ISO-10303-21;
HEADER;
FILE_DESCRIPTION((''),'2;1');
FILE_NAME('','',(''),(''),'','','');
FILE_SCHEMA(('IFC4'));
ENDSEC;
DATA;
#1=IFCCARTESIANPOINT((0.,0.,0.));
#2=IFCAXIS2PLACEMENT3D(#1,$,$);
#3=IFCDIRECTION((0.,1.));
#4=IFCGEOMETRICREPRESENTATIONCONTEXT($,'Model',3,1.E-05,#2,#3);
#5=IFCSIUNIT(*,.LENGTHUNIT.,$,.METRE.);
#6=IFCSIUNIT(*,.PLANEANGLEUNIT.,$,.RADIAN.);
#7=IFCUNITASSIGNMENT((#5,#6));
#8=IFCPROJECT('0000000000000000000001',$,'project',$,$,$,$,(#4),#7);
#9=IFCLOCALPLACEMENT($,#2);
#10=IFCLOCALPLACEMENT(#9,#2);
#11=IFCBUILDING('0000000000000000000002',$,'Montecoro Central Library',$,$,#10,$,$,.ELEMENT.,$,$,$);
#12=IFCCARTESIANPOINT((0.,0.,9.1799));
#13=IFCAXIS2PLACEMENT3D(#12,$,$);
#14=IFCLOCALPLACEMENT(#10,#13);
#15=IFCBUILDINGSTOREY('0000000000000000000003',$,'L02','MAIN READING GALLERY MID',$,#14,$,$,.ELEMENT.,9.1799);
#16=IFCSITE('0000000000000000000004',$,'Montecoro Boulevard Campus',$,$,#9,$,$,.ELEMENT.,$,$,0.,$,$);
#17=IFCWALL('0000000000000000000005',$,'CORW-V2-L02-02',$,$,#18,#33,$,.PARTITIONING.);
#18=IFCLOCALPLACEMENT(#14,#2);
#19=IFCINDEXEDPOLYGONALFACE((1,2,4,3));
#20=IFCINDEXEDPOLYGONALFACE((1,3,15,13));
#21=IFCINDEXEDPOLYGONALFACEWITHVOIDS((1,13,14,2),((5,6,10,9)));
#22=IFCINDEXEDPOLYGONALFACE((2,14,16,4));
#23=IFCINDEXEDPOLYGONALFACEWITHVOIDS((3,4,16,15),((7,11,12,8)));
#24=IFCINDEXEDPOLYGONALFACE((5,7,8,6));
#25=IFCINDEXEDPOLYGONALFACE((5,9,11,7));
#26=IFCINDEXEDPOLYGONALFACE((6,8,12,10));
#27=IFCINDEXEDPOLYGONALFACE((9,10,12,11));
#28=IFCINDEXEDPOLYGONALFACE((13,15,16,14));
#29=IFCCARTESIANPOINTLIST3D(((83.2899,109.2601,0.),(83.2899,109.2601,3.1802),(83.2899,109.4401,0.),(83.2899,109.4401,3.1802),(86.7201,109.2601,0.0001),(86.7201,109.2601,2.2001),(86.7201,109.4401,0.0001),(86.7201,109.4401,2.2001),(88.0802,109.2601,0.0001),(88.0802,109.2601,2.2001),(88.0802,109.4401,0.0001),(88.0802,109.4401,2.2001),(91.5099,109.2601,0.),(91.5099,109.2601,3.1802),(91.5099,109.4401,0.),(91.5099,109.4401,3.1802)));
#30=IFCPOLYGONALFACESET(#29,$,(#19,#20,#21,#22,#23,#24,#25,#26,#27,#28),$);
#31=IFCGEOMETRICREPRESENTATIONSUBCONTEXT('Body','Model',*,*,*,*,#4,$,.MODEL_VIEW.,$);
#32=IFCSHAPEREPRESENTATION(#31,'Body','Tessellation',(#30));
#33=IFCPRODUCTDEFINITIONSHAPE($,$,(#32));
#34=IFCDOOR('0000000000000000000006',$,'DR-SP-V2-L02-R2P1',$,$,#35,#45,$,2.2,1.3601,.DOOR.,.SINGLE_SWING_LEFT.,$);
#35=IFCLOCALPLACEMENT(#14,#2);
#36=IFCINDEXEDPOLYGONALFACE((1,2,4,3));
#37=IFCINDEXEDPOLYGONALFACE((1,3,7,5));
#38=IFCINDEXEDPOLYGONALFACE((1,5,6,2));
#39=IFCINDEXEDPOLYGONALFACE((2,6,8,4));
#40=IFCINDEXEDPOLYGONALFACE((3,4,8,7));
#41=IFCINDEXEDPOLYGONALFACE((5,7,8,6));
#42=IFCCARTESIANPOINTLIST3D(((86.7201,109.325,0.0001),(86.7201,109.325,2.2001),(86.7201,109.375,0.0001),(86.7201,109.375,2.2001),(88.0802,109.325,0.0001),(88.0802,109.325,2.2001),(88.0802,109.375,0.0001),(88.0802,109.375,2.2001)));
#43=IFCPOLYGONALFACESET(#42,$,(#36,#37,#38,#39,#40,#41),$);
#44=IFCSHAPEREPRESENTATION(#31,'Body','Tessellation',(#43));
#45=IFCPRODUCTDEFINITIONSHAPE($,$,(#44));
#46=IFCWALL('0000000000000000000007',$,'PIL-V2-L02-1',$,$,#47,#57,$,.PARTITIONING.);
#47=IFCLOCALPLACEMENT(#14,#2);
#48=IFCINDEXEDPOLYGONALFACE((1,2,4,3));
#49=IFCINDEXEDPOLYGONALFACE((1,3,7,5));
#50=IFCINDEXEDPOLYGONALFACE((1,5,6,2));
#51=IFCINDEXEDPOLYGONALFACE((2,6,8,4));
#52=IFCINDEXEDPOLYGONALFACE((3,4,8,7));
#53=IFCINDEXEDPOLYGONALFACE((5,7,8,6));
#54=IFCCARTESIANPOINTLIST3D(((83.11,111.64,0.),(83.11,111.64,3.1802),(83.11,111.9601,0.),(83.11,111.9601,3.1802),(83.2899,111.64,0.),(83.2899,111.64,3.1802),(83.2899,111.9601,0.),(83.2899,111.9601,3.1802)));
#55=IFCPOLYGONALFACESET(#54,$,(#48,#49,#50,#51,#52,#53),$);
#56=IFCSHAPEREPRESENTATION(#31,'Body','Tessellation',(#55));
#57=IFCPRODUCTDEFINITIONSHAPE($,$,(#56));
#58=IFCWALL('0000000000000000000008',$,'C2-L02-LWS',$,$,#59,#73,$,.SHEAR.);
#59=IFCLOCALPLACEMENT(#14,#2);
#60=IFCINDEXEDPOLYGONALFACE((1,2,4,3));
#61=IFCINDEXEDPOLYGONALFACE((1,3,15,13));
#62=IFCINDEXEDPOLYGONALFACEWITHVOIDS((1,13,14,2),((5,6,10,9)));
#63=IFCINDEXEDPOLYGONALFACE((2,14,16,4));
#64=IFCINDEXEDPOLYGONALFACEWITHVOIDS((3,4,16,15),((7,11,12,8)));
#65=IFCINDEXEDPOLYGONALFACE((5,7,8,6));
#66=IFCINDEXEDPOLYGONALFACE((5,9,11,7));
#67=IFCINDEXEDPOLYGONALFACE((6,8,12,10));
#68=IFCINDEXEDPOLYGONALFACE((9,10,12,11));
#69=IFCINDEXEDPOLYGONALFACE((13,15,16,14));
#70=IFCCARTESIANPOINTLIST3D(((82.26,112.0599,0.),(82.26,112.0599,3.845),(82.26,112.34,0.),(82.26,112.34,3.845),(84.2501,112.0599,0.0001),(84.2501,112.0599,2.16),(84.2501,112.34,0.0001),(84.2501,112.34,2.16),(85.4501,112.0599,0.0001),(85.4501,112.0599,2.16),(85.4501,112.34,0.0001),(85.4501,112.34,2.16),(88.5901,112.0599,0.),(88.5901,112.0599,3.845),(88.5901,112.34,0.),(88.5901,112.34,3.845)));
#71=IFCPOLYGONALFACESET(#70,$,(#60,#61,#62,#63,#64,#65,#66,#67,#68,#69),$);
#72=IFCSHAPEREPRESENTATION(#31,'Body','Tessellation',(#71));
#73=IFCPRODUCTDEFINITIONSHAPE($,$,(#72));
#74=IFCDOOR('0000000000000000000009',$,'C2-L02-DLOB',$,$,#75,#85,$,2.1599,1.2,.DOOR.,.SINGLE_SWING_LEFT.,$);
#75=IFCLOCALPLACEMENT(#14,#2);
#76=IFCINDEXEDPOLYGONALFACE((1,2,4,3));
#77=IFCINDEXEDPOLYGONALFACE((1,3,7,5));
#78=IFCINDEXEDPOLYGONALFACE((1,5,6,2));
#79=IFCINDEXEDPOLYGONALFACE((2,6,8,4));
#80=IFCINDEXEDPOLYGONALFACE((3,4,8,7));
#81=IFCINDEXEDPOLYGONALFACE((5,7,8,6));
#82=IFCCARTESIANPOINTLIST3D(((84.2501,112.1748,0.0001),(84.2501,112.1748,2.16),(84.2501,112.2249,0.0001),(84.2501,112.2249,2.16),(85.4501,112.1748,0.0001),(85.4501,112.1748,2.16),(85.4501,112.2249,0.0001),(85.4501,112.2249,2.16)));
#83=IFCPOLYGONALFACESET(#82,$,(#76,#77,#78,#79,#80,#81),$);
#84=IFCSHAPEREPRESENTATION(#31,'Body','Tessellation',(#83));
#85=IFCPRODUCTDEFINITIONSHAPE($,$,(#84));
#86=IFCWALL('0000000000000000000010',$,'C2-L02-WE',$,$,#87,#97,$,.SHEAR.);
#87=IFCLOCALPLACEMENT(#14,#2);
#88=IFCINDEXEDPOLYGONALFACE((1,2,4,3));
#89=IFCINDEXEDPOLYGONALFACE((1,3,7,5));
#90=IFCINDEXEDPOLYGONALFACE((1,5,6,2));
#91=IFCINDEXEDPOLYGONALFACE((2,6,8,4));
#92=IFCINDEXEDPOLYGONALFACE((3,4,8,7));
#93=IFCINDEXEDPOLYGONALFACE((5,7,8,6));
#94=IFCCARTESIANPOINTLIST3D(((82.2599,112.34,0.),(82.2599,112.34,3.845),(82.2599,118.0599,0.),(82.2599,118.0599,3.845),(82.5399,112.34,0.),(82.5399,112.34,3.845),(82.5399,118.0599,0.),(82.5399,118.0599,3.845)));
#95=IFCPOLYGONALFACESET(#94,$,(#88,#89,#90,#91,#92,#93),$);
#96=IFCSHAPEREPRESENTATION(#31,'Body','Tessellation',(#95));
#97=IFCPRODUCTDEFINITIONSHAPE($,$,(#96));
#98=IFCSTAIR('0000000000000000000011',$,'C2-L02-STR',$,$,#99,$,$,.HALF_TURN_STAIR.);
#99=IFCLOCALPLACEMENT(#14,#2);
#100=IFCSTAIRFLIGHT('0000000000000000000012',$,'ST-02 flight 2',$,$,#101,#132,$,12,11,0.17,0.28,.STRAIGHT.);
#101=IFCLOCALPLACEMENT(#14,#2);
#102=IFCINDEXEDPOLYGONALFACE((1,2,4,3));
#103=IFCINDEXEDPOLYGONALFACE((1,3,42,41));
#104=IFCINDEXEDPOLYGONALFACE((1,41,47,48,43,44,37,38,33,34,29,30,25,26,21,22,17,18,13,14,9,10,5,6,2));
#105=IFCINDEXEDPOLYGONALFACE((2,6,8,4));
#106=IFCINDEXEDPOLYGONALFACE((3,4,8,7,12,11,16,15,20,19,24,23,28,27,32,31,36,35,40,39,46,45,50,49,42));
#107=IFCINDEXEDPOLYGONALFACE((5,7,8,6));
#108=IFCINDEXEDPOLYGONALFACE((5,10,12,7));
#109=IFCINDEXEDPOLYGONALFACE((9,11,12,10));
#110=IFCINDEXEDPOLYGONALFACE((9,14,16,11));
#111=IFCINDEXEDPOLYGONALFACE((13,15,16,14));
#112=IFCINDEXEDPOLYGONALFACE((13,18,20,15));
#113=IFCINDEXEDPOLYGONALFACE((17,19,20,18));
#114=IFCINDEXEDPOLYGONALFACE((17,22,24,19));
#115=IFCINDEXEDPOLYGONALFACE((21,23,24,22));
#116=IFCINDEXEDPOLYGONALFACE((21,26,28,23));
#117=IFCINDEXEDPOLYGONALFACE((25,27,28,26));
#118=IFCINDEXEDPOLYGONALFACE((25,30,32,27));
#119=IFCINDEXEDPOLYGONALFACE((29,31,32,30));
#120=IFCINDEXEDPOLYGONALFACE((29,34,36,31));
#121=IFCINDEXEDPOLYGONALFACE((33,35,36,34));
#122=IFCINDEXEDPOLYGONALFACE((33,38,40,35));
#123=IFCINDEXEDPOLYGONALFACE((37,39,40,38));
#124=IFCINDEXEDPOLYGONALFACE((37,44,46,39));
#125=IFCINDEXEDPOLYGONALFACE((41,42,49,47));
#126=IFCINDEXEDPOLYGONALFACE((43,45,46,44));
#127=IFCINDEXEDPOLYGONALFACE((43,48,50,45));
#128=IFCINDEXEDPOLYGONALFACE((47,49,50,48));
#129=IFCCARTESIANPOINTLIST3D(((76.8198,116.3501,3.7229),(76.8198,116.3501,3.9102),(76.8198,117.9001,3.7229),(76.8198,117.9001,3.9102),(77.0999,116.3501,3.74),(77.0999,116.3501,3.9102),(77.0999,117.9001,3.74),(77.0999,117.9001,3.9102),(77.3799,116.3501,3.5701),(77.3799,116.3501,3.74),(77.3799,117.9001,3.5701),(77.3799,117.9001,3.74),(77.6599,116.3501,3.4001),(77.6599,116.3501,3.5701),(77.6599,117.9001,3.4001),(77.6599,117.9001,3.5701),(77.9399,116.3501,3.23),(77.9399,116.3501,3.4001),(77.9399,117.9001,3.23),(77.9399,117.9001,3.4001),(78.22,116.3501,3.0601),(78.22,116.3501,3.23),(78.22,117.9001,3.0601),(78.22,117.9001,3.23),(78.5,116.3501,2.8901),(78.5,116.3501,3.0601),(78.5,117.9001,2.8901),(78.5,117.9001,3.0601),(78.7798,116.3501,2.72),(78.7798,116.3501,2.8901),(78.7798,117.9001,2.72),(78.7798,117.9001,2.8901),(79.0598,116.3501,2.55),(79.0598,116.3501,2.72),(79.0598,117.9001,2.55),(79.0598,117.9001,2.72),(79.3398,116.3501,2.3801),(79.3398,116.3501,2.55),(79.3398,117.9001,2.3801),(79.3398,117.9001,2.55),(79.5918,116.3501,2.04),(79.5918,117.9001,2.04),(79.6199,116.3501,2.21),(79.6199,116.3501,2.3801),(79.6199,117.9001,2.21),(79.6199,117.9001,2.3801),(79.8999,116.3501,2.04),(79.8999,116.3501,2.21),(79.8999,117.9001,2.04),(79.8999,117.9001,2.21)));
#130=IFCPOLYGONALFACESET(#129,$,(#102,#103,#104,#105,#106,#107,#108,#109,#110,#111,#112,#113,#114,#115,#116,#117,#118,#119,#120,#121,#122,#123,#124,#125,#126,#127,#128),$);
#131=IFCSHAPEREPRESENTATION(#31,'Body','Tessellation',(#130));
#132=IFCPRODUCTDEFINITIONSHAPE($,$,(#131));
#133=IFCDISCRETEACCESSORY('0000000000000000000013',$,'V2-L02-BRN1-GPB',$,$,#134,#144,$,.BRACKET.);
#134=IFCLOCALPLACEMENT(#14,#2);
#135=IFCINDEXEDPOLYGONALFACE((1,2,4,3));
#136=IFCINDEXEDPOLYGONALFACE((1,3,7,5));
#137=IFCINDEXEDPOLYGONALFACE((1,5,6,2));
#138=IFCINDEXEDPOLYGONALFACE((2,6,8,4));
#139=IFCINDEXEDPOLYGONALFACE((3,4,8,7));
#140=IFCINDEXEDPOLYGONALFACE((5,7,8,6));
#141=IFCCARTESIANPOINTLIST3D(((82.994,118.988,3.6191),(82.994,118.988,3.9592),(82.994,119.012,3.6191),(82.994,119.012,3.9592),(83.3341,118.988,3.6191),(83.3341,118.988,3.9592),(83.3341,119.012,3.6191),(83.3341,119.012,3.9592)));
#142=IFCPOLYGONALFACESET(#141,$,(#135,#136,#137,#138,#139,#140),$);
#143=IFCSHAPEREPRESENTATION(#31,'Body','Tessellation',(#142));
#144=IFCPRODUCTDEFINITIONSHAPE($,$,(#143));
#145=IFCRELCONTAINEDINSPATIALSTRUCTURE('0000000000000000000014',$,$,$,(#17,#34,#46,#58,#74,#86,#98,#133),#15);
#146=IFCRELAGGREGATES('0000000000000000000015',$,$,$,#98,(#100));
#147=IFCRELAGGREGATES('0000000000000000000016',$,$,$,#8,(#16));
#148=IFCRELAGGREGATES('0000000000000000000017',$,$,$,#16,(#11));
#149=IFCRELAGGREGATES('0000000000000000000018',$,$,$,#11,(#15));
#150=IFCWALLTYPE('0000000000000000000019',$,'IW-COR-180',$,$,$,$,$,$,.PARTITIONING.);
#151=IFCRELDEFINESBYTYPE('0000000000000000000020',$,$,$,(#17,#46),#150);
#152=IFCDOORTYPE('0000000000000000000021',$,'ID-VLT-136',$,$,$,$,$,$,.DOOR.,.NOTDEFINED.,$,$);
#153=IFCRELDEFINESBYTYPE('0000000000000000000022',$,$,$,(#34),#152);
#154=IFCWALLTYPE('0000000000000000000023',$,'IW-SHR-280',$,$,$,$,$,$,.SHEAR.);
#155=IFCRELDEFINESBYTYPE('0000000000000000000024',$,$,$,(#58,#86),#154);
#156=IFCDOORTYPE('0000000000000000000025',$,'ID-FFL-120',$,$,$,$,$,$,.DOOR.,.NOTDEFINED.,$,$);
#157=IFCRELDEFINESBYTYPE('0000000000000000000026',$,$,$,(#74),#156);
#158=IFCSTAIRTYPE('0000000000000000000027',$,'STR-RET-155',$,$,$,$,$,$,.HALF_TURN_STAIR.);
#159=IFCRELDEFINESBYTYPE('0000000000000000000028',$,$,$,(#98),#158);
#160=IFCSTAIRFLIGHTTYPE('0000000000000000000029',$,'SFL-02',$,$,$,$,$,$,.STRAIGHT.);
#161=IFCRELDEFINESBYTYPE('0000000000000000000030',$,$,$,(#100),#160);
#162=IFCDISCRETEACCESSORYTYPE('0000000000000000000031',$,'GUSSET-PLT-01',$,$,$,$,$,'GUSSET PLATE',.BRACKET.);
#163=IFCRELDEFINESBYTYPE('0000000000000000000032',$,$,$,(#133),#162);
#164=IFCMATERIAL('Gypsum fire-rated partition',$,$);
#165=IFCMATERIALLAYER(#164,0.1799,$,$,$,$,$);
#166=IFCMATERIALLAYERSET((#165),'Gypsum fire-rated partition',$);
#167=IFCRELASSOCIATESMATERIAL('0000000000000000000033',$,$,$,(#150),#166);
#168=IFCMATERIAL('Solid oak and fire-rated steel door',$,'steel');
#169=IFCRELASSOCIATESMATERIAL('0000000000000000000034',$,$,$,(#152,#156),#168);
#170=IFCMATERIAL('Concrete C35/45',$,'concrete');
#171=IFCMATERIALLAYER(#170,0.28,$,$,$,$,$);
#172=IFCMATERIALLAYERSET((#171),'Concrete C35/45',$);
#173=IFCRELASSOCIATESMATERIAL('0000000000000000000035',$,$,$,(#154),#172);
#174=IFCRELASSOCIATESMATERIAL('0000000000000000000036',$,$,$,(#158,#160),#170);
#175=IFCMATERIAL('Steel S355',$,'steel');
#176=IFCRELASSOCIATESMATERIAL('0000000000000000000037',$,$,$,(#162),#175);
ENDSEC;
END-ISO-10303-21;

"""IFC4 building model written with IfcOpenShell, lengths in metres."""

from ifc_helpers import new_model, si_unit, direction, frame, frame_2d, origin, origin_2d, place, context, subcontext, project, spatial, polyline, rectangle, outline, extrude, material, layer, layer_set, type_object, element, fill, aggregate, save


model = new_model("IFC4")

# Units and contexts
model_context = context("Model", 3, precision=1e-05, world=origin(), true_north=direction((0.0, 1.0)))
body_context = subcontext(model_context, "Body", "Model", "MODEL_VIEW")
ifc_project = project(units=[si_unit("LENGTHUNIT", "METRE"), si_unit("PLANEANGLEUNIT", "RADIAN")], contexts=[model_context])

# Site, building, storey
site_placement = place(None, origin())
site = spatial("IfcSite", under=ifc_project, at=site_placement, Name="Montecoro Boulevard Campus", CompositionType="ELEMENT", RefElevation=0.0)
building_placement = place(site_placement, origin())
building = spatial("IfcBuilding", under=site, at=building_placement, Name="Montecoro Central Library", CompositionType="ELEMENT")
storey_placement = place(building_placement, frame((0.0, 0.0, 9.1799)))
storey = spatial("IfcBuildingStorey", under=building, at=storey_placement, Name="L02", Description="MAIN READING GALLERY MID", CompositionType="ELEMENT", Elevation=9.1799)

# Shared definitions
ifc_material_1 = material(Name="Steel S355", Category="steel")

# Wall, opening, door
ifc_material_2 = material(Name="Gypsum fire-rated partition")
ifc_layer_1 = layer(ifc_material_2, 0.1799)
ifc_layer_set_1 = layer_set([ifc_layer_1], Name="Gypsum fire-rated partition")
wall_type_1 = type_object("IfcWallType", Name="IW-COR-180", PredefinedType="PARTITIONING", material=ifc_layer_set_1)
wall_1_placement = place(storey_placement, frame((83.29, 109.3501, 0.0), z_axis=(0.0, 0.0, 1.0), x_axis=(1.0, 0.0, 0.0)))
wall_1 = element("IfcWall", 1, at=wall_1_placement, inside=storey, type_object=wall_type_1, Name="CORW-V2-L02-02", PredefinedType="PARTITIONING", context=body_context, shape_type="SweptSolid", body=[
    extrude(rectangle(XDim=8.22, YDim=0.1799, at=frame_2d((4.1099, 0.0))), origin(), (0.0, 0.0, 1.0), 3.1802),
])
opening_1_placement = place(wall_1_placement, frame((3.4299, 0.0, 0.0)))
opening_1 = element("IfcOpeningElement", 2, at=opening_1_placement, cuts=wall_1, PredefinedType="OPENING", context=body_context, shape_type="SweptSolid", body=[
    extrude(rectangle(XDim=1.3601, YDim=2.2, at=frame_2d((0.6802, 1.1001))), frame((0.0, 0.0999, 0.0), z_axis=(0.0, -1.0, 0.0), x_axis=(1.0, 0.0, 0.0)), (0.0, 0.0, 1.0), 0.2),
])
ifc_material_3 = material(Name="Solid oak and fire-rated steel door", Category="steel")
door_type_1 = type_object("IfcDoorType", Name="ID-VLT-136", OperationType="NOTDEFINED", PredefinedType="DOOR", material=ifc_material_3)
door_1_placement = place(opening_1_placement, origin())
door_1 = element("IfcDoor", 3, at=door_1_placement, inside=storey, type_object=door_type_1, Name="DR-SP-V2-L02-R2P1", OperationType="SINGLE_SWING_LEFT", OverallHeight=2.2, OverallWidth=1.3601, PredefinedType="DOOR", context=body_context, shape_type="SweptSolid", body=[
    extrude(rectangle(XDim=1.3601, YDim=2.2, at=frame_2d((0.6802, 1.1001))), frame((0.0, 0.0249, 0.0), z_axis=(0.0, -1.0, 0.0), x_axis=(1.0, 0.0, 0.0)), (0.0, 0.0, 1.0), 0.05),
])
fill(opening_1, door_1)

# Wall
wall_2_placement = place(storey_placement, frame((83.2, 111.6399, 0.0), z_axis=(0.0, 0.0, 1.0), x_axis=(0.0, 1.0, 0.0)))
element("IfcWall", 4, at=wall_2_placement, inside=storey, type_object=wall_type_1, Name="PIL-V2-L02-1", PredefinedType="PARTITIONING", context=body_context, shape_type="SweptSolid", body=[
    extrude(rectangle(XDim=0.3201, YDim=0.1799, at=frame_2d((0.1602, 0.0))), origin(), (0.0, 0.0, 1.0), 3.1802),
])

# Wall, opening, door
ifc_material_4 = material(Name="Concrete C35/45", Category="concrete")
ifc_layer_2 = layer(ifc_material_4, 0.28)
ifc_layer_set_2 = layer_set([ifc_layer_2], Name="Concrete C35/45")
wall_type_2 = type_object("IfcWallType", Name="IW-SHR-280", PredefinedType="SHEAR", material=ifc_layer_set_2)
wall_3_placement = place(storey_placement, frame((82.26, 112.2, 0.0), z_axis=(0.0, 0.0, 1.0), x_axis=(1.0, 0.0, 0.0)))
wall_3 = element("IfcWall", 5, at=wall_3_placement, inside=storey, type_object=wall_type_2, Name="C2-L02-LWS", PredefinedType="SHEAR", context=body_context, shape_type="SweptSolid", body=[
    extrude(rectangle(XDim=6.3301, YDim=0.28, at=frame_2d((3.165, 0.0))), origin(), (0.0, 0.0, 1.0), 3.845),
])
opening_2_placement = place(wall_3_placement, frame((1.99, 0.0, 0.0)))
opening_2 = element("IfcOpeningElement", 6, at=opening_2_placement, cuts=wall_3, PredefinedType="OPENING", context=body_context, shape_type="SweptSolid", body=[
    extrude(rectangle(XDim=1.2, YDim=2.1599, at=frame_2d((0.6001, 1.0801))), frame((0.0, 0.1499, 0.0), z_axis=(0.0, -1.0, 0.0), x_axis=(1.0, 0.0, 0.0)), (0.0, 0.0, 1.0), 0.3),
])
door_type_2 = type_object("IfcDoorType", Name="ID-FFL-120", OperationType="NOTDEFINED", PredefinedType="DOOR", material=ifc_material_3)
door_2_placement = place(opening_2_placement, origin())
door_2 = element("IfcDoor", 7, at=door_2_placement, inside=storey, type_object=door_type_2, Name="C2-L02-DLOB", OperationType="SINGLE_SWING_LEFT", OverallHeight=2.1599, OverallWidth=1.2, PredefinedType="DOOR", context=body_context, shape_type="SweptSolid", body=[
    extrude(rectangle(XDim=1.2, YDim=2.1599, at=frame_2d((0.6001, 1.0801))), frame((0.0, 0.0249, 0.0), z_axis=(0.0, -1.0, 0.0), x_axis=(1.0, 0.0, 0.0)), (0.0, 0.0, 1.0), 0.05),
])
fill(opening_2, door_2)

# Wall
wall_4_placement = place(storey_placement, frame((82.3999, 112.3401, 0.0), z_axis=(0.0, 0.0, 1.0), x_axis=(0.0, 1.0, 0.0)))
element("IfcWall", 8, at=wall_4_placement, inside=storey, type_object=wall_type_2, Name="C2-L02-WE", PredefinedType="SHEAR", context=body_context, shape_type="SweptSolid", body=[
    extrude(rectangle(XDim=5.72, YDim=0.28, at=frame_2d((2.8599, 0.0))), origin(), (0.0, 0.0, 1.0), 3.845),
])

# Stair, stair flight
stair_type = type_object("IfcStairType", Name="STR-RET-155", PredefinedType="HALF_TURN_STAIR", material=ifc_material_4)
stair_placement = place(storey_placement, origin())
stair = element("IfcStair", 9, at=stair_placement, inside=storey, type_object=stair_type, Name="C2-L02-STR", PredefinedType="HALF_TURN_STAIR")
stair_flight_type = type_object("IfcStairFlightType", Name="SFL-02", PredefinedType="STRAIGHT", material=ifc_material_4)
stair_flight_placement = place(storey_placement, frame((79.8999, 117.125, 2.04), z_axis=(0.0, 0.0, 1.0), x_axis=(-1.0, 0.0, 0.0)))
stair_flight = element("IfcStairFlight", 10, at=stair_flight_placement, type_object=stair_flight_type, Name="ST-02 flight 2", NumberOfRisers=12, NumberOfTreads=11, PredefinedType="STRAIGHT", RiserHeight=0.17, TreadLength=0.28, context=body_context, shape_type="SweptSolid", body=[
    extrude(outline(polyline([(0.0, 0.0), (0.0, 0.1699), (0.28, 0.1699), (0.28, 0.3401), (0.5601, 0.3401), (0.5601, 0.51), (0.8401, 0.51), (0.8401, 0.6799), (1.1201, 0.6799), (1.1201, 0.8501), (1.3999, 0.8501), (1.3999, 1.02), (1.6799, 1.02), (1.6799, 1.1899), (1.96, 1.1899), (1.96, 1.3601), (2.24, 1.3601), (2.24, 1.53), (2.52, 1.53), (2.52, 1.7), (2.8, 1.7), (2.8, 1.8701), (3.0801, 1.8701), (3.0801, 2.04), (3.0801, 1.6829), (0.3081, 0.0), (0.0, 0.0)])), frame((0.0, 0.7749, 0.0), z_axis=(0.0, -1.0, 0.0), x_axis=(1.0, 0.0, 0.0)), (0.0, 0.0, 1.0), 1.55),
])
aggregate(stair, [stair_flight])

# Discrete accessory
discrete_accessory_type = type_object("IfcDiscreteAccessoryType", Name="GUSSET-PLT-01", ElementType="GUSSET PLATE", PredefinedType="BRACKET", material=ifc_material_1)
discrete_accessory_placement = place(storey_placement, frame((83.1641, 119.0, 3.6191), z_axis=(0.0, 0.0, 1.0), x_axis=(1.0, 0.0, 0.0)))
element("IfcDiscreteAccessory", 11, at=discrete_accessory_placement, inside=storey, type_object=discrete_accessory_type, Name="V2-L02-BRN1-GPB", PredefinedType="BRACKET", context=body_context, shape_type="SweptSolid", body=[
    extrude(rectangle(XDim=0.3401, YDim=0.0239, at=origin_2d()), origin(), (0.0, 0.0, 1.0), 0.3401),
])

save(model, "model.ifc")
